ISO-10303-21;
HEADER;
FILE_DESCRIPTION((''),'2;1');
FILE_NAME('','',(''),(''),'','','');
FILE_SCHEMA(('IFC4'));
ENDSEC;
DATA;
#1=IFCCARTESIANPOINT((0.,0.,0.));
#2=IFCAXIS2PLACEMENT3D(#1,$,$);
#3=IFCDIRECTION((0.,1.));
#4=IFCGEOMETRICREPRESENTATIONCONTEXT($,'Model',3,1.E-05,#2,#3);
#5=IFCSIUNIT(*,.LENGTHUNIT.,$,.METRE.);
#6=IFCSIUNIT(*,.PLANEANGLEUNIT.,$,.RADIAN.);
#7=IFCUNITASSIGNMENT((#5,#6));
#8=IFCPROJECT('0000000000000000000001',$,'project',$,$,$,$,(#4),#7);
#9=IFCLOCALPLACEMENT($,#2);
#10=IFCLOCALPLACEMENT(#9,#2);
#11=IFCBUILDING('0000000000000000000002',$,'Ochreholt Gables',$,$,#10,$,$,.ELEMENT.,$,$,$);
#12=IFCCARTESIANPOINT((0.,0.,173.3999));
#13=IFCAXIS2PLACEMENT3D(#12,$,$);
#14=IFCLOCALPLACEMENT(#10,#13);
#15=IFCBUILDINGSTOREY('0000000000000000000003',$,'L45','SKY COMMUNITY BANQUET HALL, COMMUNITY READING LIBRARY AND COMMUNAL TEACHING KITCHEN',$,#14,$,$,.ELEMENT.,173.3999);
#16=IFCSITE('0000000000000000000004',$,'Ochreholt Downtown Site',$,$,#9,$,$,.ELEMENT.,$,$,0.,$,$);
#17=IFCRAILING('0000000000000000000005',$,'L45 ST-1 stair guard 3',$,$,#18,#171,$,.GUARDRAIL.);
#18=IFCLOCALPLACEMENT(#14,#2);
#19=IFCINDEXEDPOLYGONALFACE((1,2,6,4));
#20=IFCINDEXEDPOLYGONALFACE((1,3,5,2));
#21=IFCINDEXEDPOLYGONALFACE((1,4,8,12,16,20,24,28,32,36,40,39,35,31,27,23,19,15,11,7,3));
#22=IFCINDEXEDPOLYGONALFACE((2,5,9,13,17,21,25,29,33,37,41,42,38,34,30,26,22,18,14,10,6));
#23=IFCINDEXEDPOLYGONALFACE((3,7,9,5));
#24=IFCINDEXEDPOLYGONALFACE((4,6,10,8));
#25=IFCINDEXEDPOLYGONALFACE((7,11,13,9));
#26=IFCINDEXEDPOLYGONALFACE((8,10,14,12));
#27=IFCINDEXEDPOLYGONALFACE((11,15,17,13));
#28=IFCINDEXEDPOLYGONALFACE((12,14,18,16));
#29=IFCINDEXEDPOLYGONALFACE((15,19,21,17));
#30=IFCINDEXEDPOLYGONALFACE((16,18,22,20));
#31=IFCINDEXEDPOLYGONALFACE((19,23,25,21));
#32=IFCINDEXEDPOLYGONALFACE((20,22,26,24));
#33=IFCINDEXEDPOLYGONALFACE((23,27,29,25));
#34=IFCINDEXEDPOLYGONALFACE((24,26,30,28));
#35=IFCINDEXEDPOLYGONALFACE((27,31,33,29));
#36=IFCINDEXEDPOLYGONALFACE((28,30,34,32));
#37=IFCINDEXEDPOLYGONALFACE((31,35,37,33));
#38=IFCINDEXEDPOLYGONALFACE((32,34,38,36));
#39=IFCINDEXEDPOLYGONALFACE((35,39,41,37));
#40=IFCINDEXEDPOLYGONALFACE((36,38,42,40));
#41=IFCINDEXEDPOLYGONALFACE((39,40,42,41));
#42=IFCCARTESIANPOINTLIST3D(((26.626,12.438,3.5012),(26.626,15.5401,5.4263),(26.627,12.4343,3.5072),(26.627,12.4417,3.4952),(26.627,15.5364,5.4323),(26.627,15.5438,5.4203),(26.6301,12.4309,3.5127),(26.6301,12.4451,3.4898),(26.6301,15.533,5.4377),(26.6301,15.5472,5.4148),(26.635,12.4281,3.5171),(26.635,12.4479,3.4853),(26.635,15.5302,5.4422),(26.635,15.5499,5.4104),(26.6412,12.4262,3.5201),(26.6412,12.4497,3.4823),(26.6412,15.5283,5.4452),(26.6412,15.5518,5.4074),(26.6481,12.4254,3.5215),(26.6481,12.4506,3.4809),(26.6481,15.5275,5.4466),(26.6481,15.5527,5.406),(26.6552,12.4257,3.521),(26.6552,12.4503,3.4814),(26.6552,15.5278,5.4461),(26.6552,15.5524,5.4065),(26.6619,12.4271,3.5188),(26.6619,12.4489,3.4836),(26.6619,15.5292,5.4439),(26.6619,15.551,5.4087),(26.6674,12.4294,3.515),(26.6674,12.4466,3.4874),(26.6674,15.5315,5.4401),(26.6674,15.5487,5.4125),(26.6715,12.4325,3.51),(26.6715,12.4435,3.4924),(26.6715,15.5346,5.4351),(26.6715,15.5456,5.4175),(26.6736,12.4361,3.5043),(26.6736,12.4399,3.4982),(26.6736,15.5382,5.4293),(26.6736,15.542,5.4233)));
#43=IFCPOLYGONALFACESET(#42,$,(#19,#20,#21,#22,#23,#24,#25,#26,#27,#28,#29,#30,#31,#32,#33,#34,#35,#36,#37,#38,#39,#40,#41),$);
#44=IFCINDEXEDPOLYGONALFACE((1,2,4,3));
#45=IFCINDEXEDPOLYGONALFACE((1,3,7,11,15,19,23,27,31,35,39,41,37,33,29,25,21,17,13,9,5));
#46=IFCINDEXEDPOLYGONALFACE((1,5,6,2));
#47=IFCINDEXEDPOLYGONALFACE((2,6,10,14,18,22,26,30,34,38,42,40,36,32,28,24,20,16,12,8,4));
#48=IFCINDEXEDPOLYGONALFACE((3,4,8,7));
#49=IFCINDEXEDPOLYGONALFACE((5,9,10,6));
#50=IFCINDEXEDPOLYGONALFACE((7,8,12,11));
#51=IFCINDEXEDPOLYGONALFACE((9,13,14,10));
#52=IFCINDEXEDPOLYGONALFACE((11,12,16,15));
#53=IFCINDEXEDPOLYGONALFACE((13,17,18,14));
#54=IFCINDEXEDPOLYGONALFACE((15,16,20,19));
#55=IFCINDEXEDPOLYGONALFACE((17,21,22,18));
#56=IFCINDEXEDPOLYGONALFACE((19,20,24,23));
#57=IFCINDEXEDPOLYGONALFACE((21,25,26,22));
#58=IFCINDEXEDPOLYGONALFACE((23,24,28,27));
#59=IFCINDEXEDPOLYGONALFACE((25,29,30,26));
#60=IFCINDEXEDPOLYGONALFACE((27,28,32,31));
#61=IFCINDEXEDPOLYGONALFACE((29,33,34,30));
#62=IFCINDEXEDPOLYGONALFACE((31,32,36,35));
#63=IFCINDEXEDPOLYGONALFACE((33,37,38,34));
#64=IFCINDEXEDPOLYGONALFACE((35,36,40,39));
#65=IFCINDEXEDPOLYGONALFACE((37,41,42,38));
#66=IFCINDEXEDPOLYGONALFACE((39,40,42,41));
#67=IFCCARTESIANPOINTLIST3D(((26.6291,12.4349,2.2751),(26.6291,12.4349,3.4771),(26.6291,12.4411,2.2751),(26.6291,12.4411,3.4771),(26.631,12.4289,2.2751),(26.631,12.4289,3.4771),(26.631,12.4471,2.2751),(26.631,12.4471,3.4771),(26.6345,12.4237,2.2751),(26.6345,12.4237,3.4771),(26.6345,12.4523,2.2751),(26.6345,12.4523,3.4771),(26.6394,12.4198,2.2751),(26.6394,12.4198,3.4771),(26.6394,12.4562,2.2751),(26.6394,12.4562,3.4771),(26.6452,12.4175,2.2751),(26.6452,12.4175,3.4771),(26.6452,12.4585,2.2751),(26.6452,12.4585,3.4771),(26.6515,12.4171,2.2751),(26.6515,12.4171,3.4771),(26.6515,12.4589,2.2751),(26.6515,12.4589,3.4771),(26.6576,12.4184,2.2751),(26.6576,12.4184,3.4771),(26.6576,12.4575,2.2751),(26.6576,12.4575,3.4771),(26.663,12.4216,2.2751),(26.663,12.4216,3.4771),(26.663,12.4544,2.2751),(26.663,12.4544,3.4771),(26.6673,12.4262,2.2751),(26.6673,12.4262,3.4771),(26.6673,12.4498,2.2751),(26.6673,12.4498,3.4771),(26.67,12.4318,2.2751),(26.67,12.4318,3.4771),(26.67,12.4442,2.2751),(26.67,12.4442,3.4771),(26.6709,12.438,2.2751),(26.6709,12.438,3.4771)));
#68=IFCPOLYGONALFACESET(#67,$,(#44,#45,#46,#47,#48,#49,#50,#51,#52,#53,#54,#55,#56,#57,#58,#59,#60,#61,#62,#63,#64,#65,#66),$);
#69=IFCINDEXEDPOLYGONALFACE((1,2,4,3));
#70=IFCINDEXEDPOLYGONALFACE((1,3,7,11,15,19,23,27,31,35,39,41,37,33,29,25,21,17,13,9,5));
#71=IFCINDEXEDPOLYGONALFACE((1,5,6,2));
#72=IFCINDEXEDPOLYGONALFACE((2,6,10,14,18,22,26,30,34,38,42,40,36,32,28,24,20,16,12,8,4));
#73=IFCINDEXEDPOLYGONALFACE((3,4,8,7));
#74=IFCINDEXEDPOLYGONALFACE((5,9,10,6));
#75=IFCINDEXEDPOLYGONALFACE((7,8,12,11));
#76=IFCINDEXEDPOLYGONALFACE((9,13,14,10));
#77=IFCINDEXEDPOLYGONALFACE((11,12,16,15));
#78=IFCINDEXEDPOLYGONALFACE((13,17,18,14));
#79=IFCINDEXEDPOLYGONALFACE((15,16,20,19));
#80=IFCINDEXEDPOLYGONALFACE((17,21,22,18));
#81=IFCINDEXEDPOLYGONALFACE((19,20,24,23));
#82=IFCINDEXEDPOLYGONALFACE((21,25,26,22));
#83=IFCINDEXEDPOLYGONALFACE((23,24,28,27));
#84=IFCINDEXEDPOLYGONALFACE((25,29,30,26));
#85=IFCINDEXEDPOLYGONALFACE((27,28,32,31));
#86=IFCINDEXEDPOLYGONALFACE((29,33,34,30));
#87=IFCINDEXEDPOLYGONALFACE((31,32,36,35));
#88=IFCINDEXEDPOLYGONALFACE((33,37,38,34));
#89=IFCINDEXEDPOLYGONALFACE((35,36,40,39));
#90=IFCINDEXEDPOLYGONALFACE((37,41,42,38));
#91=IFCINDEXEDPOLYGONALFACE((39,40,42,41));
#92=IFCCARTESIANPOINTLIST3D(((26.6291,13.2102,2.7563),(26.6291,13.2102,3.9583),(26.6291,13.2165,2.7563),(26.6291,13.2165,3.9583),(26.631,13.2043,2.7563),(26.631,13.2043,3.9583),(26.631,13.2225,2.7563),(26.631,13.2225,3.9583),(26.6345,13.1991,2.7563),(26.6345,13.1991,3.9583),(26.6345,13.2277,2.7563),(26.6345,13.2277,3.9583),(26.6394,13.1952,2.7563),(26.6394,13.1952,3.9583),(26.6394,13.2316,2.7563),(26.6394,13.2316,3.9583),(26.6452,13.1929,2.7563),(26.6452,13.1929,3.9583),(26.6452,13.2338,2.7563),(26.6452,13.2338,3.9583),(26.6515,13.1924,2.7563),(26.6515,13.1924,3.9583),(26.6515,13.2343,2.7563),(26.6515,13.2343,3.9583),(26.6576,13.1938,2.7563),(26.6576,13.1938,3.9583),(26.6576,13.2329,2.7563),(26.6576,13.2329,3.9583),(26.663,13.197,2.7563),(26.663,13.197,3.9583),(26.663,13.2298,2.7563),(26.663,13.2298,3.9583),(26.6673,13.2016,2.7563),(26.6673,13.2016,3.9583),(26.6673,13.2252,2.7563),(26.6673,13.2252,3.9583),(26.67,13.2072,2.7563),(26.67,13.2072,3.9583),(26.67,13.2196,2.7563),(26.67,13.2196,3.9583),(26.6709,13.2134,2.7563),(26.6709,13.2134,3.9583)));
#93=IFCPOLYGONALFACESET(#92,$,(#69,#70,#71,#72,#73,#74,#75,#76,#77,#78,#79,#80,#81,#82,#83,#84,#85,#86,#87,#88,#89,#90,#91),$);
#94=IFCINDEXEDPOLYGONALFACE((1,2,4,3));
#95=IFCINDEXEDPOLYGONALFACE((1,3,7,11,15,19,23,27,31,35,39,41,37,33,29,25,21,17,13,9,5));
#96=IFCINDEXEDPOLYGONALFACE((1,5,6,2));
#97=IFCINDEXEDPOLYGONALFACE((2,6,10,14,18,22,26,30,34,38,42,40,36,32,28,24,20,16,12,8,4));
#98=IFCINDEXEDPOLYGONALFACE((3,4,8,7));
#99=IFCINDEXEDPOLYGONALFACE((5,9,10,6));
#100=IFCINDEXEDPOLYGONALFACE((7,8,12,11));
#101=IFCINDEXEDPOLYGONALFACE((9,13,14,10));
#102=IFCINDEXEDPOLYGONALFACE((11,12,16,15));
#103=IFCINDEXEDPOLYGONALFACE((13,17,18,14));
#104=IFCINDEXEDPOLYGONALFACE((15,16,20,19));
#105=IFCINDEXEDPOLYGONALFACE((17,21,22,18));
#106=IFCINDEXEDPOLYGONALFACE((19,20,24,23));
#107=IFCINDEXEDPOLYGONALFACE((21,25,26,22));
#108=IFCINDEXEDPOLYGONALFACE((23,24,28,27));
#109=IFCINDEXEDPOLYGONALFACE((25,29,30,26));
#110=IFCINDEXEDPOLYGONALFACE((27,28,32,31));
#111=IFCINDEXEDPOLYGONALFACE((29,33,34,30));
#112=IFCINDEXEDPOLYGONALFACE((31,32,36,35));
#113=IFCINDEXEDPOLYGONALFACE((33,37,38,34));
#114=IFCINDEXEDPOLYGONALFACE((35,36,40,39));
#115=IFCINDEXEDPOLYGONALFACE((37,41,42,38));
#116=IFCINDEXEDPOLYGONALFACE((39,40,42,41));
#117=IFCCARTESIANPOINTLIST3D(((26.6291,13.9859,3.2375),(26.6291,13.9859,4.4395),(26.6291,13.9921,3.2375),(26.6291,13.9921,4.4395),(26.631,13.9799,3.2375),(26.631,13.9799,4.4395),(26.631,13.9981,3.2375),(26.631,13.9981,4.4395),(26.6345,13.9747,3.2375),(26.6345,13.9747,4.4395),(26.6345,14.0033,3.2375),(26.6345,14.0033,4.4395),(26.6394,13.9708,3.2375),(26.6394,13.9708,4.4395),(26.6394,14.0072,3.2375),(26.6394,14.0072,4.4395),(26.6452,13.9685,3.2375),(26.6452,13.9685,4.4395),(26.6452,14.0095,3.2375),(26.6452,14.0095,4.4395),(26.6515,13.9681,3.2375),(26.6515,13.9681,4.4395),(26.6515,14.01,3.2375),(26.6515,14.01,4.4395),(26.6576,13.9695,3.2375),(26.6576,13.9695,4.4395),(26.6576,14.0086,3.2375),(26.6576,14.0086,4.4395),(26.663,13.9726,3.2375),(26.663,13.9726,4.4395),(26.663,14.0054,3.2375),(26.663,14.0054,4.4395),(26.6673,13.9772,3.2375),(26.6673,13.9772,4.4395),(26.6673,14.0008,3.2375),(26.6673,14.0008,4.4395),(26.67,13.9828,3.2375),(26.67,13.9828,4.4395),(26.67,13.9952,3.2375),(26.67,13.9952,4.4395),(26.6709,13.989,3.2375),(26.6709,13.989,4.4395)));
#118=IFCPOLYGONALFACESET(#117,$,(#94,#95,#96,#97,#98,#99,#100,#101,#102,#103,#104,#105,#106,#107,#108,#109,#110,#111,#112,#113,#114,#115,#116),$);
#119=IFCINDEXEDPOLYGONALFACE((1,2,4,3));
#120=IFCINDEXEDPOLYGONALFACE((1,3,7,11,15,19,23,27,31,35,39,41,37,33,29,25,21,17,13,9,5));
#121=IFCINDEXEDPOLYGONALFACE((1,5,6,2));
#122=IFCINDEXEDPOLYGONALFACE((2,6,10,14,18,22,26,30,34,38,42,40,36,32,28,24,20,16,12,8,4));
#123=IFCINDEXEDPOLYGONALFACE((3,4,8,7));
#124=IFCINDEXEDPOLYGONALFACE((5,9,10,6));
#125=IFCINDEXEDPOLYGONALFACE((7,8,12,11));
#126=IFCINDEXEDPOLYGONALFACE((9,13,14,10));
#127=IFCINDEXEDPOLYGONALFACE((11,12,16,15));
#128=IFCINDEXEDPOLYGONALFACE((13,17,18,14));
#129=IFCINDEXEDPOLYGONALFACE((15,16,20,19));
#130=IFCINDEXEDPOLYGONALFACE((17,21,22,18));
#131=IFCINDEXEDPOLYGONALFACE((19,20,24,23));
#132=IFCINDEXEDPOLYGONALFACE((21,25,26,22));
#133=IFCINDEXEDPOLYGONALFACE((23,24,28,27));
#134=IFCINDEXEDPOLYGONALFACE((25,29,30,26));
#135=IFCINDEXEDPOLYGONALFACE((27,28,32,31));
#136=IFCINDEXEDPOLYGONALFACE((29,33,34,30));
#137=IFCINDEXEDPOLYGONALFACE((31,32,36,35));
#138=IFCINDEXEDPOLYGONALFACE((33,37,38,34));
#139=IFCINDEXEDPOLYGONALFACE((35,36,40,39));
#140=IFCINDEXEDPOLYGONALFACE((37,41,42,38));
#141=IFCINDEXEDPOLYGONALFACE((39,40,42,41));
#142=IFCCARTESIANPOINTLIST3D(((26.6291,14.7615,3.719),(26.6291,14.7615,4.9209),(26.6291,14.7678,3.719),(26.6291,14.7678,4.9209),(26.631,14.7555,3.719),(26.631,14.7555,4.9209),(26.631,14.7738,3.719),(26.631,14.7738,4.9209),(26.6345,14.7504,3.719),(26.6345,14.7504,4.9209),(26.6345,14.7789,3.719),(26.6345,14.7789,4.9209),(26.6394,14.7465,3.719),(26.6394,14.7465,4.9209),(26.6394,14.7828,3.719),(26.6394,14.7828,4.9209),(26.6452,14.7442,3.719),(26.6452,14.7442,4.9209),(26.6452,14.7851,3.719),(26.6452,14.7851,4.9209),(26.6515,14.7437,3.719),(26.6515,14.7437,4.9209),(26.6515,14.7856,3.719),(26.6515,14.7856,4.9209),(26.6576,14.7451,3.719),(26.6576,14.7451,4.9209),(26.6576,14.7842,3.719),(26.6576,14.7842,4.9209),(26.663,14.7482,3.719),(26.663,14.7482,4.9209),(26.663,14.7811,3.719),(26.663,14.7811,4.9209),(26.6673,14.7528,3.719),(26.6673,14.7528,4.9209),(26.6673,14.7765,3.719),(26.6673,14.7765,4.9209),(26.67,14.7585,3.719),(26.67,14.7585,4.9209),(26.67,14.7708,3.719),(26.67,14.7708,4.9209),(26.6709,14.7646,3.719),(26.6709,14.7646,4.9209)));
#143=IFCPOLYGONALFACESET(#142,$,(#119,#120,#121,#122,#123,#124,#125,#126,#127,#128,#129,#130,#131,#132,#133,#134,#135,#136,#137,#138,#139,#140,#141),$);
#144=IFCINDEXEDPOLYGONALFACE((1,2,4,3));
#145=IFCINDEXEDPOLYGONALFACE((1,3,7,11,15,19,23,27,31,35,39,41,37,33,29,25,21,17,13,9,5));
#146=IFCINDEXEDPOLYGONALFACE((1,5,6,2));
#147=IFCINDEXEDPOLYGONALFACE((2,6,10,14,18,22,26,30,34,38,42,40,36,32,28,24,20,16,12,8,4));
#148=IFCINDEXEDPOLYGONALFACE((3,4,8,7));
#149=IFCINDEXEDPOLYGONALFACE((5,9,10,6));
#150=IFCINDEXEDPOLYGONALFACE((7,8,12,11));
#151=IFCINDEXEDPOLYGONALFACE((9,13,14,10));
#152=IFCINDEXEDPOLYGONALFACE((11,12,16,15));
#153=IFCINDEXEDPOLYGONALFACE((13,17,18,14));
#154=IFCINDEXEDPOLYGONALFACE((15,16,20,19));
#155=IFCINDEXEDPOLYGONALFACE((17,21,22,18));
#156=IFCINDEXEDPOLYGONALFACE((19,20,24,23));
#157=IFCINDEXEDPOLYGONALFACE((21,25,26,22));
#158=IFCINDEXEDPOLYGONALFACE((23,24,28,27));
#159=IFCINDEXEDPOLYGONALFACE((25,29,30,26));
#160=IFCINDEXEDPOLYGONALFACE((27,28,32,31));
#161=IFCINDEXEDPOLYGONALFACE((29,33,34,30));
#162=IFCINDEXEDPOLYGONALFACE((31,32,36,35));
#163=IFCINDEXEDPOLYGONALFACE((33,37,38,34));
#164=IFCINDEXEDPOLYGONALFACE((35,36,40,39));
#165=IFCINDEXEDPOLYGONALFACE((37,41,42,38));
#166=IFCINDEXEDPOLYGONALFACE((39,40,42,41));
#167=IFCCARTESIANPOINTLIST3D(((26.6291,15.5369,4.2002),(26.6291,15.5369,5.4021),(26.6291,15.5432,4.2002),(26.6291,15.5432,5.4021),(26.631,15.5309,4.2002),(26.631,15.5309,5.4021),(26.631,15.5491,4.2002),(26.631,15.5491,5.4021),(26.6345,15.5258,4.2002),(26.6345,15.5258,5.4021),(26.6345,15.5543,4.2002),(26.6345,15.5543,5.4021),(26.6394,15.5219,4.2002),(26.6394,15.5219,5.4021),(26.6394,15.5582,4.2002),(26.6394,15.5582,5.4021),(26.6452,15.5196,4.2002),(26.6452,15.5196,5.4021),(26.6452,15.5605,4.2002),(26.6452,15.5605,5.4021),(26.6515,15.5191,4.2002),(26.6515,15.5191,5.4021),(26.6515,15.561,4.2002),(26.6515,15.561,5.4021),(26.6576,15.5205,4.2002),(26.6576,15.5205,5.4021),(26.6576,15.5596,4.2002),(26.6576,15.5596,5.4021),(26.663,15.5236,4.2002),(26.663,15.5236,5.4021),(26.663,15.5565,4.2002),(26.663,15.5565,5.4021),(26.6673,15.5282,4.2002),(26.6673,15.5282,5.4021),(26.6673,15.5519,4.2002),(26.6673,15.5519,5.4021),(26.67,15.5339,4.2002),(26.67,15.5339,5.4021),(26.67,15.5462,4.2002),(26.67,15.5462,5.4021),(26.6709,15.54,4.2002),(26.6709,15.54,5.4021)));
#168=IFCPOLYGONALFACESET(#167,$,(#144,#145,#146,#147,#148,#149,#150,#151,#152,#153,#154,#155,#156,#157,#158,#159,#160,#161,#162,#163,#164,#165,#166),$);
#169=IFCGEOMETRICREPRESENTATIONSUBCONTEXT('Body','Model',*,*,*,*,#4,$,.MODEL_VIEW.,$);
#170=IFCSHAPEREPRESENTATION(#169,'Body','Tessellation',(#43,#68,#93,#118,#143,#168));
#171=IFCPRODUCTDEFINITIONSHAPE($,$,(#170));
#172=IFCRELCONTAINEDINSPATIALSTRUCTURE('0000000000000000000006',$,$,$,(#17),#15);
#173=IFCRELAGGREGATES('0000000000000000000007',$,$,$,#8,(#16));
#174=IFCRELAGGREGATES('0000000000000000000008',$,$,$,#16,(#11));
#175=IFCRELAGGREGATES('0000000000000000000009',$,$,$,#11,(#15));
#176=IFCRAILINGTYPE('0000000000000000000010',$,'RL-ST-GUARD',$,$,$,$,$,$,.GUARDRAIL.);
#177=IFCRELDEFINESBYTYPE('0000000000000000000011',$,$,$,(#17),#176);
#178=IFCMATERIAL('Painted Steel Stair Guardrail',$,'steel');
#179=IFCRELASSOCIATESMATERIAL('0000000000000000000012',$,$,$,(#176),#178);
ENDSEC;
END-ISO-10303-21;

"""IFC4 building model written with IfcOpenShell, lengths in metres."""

from ifc_helpers import new_model, si_unit, direction, frame, origin, origin_2d, place, context, subcontext, project, spatial, circle, extrude, material, type_object, element, save


model = new_model("IFC4")

# Units and contexts
model_context = context("Model", 3, precision=1e-05, world=origin(), true_north=direction((0.0, 1.0)))
body_context = subcontext(model_context, "Body", "Model", "MODEL_VIEW")
ifc_project = project(units=[si_unit("LENGTHUNIT", "METRE"), si_unit("PLANEANGLEUNIT", "RADIAN")], contexts=[model_context])

# Site, building, storey
site_placement = place(None, origin())
site = spatial("IfcSite", under=ifc_project, at=site_placement, Name="Ochreholt Downtown Site", CompositionType="ELEMENT", RefElevation=0.0)
building_placement = place(site_placement, origin())
building = spatial("IfcBuilding", under=site, at=building_placement, Name="Ochreholt Gables", CompositionType="ELEMENT")
storey_placement = place(building_placement, frame((0.0, 0.0, 173.3999)))
storey = spatial("IfcBuildingStorey", under=building, at=storey_placement, Name="L45", Description="SKY COMMUNITY BANQUET HALL, COMMUNITY READING LIBRARY AND COMMUNAL TEACHING KITCHEN", CompositionType="ELEMENT", Elevation=173.3999)

# Railing
ifc_material_1 = material(Name="Painted Steel Stair Guardrail", Category="steel")
railing_type_1 = type_object("IfcRailingType", Name="RL-ST-GUARD", PredefinedType="GUARDRAIL", material=ifc_material_1)
railing_1_placement = place(storey_placement, frame((26.6499, 12.438, 2.2751)))
element("IfcRailing", 1, at=railing_1_placement, inside=storey, type_object=railing_type_1, Name="L45 ST-1 stair guard 3", PredefinedType="GUARDRAIL", context=body_context, shape_type="SweptSolid", body=[
    extrude(circle(Radius=0.0239, at=origin_2d()), frame((0.0, 0.0, 1.2261), z_axis=(0.0, 0.849685, 0.527291), x_axis=(-1.0, 0.0, 0.0)), (0.0, 0.0, 1.0), 3.6509),
    extrude(circle(Radius=0.021, at=origin_2d()), origin(), (0.0, 0.0, 1.0), 1.2019),
    extrude(circle(Radius=0.021, at=origin_2d()), frame((0.0, 0.7754, 0.4812)), (0.0, 0.0, 1.0), 1.2019),
    extrude(circle(Radius=0.021, at=origin_2d()), frame((0.0, 1.551, 0.9624)), (0.0, 0.0, 1.0), 1.2019),
    extrude(circle(Radius=0.021, at=origin_2d()), frame((0.0, 2.3267, 1.4438)), (0.0, 0.0, 1.0), 1.2019),
    extrude(circle(Radius=0.021, at=origin_2d()), frame((0.0, 3.1021, 1.925)), (0.0, 0.0, 1.0), 1.2019),
])

save(model, "model.ifc")
